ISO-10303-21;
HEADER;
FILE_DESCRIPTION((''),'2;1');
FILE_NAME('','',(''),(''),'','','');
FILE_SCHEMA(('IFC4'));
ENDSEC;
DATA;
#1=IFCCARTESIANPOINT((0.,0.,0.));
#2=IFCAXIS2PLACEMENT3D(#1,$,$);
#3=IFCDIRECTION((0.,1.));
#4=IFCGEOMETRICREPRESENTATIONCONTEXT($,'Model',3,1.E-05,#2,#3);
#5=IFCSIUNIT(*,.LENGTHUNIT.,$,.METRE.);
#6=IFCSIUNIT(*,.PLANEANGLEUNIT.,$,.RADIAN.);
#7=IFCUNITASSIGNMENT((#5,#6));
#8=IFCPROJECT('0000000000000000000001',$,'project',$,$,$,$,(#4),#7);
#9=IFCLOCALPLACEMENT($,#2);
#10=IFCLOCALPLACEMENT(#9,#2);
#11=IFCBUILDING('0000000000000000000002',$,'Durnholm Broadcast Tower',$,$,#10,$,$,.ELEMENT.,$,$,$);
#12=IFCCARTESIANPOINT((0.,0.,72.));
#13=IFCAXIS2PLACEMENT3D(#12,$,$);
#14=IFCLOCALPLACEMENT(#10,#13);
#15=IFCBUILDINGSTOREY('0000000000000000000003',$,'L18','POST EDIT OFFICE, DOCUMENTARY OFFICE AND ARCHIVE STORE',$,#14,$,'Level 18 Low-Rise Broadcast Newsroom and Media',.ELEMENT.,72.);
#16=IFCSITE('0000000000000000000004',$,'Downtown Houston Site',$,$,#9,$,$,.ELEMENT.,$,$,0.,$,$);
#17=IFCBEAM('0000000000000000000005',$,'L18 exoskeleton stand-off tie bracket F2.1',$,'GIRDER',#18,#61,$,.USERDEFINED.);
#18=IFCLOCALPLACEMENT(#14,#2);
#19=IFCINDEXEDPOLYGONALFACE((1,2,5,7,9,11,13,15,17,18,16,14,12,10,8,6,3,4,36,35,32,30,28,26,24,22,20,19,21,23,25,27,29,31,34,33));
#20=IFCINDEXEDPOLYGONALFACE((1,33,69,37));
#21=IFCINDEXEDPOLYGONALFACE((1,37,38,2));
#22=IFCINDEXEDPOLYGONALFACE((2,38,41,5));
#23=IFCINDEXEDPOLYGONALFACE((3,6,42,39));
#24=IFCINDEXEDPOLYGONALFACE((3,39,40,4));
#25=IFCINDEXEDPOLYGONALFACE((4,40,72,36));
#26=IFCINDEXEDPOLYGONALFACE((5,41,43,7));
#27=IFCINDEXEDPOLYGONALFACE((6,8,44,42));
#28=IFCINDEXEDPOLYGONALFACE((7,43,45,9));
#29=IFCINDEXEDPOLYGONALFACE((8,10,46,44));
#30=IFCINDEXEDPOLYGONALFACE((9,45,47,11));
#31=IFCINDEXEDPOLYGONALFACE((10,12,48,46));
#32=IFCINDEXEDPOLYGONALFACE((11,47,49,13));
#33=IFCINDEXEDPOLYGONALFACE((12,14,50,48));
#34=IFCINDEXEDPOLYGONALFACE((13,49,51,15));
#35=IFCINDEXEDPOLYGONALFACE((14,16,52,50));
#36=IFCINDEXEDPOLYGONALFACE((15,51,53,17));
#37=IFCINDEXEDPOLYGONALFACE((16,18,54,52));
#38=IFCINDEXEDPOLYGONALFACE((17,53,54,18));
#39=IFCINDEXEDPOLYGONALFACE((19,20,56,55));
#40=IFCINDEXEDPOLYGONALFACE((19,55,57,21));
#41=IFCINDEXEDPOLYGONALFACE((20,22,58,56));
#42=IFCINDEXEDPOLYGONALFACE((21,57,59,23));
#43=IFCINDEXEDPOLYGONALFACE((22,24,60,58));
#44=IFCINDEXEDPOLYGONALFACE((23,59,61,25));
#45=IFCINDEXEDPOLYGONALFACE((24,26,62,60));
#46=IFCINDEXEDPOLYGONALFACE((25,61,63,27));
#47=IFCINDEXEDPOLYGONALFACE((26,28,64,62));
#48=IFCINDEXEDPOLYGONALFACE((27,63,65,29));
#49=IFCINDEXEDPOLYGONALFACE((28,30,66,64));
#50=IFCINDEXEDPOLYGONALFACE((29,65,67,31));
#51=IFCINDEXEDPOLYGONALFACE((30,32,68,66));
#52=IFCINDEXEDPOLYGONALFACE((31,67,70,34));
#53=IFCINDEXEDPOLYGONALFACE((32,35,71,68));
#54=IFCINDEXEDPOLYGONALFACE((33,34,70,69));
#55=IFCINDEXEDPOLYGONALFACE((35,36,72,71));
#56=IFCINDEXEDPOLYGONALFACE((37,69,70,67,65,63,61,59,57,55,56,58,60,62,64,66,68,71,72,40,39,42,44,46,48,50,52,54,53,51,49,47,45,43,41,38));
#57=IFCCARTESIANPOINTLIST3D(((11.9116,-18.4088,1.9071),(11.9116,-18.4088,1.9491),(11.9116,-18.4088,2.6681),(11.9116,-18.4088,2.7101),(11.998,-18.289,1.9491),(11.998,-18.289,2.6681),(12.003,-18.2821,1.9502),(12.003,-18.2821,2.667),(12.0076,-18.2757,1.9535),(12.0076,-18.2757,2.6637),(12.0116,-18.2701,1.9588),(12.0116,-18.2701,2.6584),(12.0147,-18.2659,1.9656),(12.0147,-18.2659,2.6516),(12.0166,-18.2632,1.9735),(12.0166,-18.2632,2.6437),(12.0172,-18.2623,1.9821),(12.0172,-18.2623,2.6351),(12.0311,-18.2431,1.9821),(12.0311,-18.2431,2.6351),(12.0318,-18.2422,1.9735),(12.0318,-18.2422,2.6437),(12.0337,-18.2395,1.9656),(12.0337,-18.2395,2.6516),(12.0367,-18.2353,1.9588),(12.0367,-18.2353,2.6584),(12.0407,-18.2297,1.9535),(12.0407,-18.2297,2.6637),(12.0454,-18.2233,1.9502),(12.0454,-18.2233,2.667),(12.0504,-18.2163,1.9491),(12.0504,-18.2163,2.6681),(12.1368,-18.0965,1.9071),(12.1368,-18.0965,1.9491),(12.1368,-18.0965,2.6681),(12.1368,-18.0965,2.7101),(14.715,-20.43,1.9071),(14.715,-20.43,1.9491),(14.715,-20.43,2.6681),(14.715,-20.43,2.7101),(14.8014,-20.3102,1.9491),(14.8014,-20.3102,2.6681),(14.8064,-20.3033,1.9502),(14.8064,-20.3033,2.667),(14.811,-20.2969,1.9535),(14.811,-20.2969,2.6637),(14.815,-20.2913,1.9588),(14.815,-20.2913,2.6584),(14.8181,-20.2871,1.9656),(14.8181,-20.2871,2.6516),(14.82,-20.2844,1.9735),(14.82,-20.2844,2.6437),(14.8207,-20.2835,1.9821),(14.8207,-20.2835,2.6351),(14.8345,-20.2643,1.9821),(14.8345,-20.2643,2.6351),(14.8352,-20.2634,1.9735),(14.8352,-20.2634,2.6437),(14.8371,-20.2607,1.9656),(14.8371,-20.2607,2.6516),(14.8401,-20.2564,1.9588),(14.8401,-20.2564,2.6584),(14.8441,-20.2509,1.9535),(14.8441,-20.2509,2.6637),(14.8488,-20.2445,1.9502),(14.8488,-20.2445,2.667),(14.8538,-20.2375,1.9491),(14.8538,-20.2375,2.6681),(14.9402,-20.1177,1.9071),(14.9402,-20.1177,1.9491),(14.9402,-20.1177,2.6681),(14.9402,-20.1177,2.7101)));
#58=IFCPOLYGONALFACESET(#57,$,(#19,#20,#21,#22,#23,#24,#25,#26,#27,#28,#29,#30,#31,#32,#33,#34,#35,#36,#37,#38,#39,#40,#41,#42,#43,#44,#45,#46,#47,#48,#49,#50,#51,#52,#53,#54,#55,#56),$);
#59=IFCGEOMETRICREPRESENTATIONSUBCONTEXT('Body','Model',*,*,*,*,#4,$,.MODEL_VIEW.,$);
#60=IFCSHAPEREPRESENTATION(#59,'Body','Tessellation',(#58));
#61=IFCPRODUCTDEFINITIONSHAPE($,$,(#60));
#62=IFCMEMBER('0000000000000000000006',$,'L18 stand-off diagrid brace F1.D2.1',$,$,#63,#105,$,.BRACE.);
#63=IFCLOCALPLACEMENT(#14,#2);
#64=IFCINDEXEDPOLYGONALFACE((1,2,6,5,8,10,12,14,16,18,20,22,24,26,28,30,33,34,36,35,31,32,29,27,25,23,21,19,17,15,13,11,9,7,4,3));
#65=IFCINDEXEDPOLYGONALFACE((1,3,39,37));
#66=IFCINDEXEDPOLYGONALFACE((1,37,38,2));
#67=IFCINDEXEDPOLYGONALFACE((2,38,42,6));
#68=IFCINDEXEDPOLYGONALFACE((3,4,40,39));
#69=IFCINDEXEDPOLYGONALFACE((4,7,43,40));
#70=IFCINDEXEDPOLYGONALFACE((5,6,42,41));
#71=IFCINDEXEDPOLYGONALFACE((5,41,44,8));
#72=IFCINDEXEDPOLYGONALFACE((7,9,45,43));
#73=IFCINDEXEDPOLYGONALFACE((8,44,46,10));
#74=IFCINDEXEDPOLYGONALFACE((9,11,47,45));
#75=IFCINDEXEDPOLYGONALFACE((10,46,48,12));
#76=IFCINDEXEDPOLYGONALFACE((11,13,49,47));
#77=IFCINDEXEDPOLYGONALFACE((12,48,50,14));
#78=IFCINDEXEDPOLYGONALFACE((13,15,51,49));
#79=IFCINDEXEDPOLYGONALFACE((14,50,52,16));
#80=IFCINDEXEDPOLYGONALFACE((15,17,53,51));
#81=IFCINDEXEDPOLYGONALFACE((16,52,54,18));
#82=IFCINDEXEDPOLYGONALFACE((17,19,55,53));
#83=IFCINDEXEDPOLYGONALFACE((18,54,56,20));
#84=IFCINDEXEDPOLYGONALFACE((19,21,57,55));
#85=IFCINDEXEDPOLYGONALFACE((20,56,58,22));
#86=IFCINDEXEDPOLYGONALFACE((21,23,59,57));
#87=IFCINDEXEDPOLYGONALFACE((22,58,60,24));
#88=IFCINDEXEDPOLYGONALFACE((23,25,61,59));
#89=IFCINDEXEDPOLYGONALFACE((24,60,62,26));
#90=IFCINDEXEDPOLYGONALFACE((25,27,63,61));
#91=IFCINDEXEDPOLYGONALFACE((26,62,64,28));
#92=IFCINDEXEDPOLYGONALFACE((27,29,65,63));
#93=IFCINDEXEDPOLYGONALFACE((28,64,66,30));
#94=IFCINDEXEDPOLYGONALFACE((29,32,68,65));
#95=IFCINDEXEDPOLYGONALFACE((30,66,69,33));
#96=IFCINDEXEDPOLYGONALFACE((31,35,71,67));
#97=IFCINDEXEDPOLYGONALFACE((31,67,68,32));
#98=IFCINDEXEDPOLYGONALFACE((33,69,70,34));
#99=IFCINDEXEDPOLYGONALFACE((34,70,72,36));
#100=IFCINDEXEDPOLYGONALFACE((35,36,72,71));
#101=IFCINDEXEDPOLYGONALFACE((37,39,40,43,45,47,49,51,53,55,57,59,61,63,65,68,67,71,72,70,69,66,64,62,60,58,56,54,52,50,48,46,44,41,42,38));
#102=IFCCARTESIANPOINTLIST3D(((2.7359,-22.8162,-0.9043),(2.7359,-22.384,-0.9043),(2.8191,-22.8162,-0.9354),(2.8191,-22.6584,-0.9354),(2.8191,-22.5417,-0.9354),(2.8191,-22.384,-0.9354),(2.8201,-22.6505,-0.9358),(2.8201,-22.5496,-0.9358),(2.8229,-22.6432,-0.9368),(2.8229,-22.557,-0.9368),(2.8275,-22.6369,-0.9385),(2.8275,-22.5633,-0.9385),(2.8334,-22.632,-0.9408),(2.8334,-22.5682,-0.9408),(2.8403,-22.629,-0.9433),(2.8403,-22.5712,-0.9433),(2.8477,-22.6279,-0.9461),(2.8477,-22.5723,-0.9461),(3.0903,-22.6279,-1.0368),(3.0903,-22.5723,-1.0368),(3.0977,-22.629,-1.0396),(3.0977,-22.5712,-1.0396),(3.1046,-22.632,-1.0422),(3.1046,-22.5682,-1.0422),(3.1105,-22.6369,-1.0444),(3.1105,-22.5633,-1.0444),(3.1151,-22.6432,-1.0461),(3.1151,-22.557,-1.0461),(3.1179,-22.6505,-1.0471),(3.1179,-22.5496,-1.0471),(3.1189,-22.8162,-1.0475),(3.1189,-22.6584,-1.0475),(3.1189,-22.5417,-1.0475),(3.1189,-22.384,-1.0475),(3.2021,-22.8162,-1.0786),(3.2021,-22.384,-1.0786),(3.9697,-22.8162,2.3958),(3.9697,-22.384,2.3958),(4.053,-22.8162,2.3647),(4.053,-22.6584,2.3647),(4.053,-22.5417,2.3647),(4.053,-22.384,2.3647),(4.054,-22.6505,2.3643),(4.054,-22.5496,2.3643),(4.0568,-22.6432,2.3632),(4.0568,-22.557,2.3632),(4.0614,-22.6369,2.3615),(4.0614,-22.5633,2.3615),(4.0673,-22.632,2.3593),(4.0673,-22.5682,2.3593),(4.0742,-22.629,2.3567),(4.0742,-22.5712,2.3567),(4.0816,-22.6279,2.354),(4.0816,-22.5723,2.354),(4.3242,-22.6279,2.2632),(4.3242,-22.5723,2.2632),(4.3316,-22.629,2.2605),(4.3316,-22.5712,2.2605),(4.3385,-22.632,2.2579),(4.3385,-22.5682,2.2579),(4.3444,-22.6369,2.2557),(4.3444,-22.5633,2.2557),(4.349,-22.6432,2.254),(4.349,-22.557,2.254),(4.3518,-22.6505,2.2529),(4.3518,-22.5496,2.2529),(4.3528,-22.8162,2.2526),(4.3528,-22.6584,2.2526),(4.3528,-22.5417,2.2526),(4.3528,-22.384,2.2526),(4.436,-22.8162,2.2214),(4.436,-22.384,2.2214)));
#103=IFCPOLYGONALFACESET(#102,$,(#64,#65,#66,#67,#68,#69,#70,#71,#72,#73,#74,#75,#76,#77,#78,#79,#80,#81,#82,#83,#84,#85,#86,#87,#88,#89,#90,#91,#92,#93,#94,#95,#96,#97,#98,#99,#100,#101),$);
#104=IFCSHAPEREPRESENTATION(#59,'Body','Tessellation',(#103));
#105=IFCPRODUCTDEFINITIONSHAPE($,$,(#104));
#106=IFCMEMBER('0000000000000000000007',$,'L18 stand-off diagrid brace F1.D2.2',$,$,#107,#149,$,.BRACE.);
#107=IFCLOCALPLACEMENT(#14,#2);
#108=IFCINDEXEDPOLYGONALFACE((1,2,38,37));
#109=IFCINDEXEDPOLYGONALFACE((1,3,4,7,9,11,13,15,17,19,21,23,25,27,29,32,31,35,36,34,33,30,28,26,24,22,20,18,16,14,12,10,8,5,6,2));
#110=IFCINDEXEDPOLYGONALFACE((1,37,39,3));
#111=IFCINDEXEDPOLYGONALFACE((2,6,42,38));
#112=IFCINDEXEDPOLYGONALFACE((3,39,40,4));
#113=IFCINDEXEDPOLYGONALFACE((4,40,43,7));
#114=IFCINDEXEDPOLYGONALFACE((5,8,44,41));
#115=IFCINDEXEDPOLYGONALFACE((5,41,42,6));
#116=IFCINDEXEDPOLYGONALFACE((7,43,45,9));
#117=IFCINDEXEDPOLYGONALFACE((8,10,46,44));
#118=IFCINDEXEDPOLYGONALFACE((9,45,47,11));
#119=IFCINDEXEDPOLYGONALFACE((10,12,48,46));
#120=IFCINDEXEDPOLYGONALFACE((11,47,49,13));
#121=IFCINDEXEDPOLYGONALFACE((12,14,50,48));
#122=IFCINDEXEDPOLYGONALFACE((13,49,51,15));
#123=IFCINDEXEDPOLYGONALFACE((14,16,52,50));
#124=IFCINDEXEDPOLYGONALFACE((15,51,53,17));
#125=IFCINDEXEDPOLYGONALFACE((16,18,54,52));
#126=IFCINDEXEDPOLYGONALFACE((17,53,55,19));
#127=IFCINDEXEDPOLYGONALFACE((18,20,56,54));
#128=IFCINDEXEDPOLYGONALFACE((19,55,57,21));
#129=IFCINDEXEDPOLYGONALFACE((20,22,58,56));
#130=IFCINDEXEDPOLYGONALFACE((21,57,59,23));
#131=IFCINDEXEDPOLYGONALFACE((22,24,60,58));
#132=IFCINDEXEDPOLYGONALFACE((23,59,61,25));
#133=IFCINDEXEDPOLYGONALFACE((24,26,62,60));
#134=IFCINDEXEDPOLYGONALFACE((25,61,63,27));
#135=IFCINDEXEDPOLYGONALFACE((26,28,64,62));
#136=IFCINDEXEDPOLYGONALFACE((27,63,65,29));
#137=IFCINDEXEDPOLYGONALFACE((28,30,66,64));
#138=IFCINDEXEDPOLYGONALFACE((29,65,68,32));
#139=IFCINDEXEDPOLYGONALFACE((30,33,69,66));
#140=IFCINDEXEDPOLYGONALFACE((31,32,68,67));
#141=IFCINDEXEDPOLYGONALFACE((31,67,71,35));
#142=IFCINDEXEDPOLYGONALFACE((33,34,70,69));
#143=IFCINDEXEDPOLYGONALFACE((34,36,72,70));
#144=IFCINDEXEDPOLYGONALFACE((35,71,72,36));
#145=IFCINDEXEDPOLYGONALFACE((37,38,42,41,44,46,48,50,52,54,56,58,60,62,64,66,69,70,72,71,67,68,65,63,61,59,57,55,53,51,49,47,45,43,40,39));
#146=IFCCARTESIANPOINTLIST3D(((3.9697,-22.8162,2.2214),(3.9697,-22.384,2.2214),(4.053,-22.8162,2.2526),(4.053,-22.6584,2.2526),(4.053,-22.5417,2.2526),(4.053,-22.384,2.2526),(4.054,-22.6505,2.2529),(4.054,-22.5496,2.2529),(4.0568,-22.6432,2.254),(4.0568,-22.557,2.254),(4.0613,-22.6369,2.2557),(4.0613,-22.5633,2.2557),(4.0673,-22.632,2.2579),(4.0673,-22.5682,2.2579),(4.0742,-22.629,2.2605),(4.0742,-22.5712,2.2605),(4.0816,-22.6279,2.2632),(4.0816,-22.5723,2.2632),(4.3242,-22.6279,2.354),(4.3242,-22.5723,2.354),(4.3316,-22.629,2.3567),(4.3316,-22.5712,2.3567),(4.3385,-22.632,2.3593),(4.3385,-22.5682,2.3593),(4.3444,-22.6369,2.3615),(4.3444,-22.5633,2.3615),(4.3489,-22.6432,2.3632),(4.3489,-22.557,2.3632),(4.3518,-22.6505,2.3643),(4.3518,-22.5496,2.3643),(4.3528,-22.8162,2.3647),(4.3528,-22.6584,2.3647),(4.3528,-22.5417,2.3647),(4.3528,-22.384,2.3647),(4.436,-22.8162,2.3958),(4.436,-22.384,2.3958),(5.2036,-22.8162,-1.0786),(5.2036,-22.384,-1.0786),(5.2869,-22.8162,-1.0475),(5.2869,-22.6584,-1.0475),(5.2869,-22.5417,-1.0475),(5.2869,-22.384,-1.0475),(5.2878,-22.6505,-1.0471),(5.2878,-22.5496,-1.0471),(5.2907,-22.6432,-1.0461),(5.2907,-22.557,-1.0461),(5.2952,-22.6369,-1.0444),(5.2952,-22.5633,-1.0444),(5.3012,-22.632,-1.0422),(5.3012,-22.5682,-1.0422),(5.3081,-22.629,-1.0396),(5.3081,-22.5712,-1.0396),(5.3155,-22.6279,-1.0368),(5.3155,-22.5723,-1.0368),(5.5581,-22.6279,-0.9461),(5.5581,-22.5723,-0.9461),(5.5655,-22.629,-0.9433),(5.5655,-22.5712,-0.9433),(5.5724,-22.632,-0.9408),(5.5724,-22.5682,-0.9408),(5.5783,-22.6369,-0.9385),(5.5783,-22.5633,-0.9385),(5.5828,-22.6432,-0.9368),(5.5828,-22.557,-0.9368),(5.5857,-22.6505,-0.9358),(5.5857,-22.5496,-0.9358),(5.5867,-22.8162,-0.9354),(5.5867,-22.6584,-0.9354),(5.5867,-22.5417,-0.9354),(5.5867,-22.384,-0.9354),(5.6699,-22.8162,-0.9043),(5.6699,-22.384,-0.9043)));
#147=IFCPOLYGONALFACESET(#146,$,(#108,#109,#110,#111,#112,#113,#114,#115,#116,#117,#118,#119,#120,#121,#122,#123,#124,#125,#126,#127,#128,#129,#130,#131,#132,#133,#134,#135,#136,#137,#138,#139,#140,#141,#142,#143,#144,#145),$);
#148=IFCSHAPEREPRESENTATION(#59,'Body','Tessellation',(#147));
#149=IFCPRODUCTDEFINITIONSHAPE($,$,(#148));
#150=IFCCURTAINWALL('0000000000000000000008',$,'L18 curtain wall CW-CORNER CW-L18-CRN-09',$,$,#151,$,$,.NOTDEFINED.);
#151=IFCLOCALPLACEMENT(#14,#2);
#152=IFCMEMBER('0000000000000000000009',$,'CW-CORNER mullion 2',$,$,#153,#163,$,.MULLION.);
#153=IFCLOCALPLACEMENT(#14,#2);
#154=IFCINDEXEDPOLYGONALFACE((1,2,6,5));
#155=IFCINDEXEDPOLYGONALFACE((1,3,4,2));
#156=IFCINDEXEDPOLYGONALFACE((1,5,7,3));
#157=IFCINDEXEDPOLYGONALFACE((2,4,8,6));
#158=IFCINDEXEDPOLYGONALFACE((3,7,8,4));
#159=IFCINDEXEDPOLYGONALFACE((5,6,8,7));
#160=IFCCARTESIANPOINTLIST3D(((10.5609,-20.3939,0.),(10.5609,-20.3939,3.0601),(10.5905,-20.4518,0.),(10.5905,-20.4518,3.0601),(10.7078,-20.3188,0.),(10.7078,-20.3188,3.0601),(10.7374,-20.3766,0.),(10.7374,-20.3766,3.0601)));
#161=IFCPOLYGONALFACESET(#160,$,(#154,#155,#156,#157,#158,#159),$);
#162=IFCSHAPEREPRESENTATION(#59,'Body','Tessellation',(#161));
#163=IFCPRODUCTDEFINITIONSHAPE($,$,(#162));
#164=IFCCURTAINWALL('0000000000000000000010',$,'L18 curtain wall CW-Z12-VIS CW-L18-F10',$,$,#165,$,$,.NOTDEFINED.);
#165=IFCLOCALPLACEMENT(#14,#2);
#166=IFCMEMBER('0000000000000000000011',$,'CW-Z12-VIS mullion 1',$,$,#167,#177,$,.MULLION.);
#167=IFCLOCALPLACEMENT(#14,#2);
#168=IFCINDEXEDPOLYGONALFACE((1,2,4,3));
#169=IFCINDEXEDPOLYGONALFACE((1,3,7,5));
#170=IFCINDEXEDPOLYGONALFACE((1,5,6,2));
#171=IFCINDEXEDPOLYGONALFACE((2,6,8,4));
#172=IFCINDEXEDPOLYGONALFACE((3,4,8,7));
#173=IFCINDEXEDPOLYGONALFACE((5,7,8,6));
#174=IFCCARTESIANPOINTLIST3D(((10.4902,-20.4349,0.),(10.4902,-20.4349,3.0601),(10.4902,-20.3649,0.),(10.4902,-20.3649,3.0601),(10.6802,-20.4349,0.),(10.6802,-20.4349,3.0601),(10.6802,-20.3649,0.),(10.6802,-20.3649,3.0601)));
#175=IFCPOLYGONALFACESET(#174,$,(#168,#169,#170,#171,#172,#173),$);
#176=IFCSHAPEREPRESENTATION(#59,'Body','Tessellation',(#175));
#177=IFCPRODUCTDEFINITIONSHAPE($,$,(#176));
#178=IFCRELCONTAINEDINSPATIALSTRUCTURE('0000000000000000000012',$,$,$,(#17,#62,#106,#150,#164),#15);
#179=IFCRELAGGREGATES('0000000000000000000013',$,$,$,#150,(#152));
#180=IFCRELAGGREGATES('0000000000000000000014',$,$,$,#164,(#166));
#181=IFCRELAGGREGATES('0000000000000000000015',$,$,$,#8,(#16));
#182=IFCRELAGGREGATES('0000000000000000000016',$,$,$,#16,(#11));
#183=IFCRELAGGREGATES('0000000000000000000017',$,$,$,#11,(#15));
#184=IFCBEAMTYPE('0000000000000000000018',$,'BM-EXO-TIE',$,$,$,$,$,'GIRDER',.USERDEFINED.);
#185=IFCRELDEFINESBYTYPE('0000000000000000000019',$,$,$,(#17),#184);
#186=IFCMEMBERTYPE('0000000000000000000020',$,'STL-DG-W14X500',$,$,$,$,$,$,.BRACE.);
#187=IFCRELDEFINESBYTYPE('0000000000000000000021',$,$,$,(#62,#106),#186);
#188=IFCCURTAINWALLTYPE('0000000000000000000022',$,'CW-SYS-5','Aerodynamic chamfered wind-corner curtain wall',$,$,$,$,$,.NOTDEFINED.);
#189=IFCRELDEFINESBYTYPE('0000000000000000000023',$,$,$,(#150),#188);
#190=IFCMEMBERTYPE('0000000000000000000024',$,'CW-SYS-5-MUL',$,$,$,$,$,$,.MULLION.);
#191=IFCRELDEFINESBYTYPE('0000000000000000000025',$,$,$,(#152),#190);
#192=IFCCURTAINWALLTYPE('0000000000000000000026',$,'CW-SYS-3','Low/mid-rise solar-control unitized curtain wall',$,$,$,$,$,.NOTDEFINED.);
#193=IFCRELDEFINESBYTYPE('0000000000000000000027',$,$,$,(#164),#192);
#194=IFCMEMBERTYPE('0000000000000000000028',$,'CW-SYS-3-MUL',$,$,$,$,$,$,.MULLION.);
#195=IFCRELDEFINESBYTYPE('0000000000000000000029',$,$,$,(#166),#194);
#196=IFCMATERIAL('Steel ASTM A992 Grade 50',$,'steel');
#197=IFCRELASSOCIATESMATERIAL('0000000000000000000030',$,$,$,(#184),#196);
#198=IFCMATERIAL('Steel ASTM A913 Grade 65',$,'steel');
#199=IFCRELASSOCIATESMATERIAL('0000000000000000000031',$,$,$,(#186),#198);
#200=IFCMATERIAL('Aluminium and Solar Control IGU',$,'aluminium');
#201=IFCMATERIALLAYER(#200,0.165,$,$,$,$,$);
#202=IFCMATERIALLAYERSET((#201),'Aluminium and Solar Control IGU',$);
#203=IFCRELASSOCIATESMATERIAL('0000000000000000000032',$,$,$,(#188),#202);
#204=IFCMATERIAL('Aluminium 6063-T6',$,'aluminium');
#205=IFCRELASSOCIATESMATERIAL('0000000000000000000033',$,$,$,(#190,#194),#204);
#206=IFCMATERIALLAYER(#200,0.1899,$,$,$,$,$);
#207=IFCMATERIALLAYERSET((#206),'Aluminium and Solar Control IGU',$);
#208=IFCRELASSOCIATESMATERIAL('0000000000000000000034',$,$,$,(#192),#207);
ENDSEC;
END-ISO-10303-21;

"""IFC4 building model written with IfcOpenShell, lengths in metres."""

from ifc_helpers import new_model, si_unit, direction, frame, origin, origin_2d, place, context, subcontext, project, spatial, rectangle, i_section, extrude, source, transform, mapped, material, layer, layer_set, material_profile, profile_set, type_object, type_shapes, element, aggregate, save


model = new_model("IFC4")

# Units and contexts
model_context = context("Model", 3, precision=1e-05, world=origin(), true_north=direction((0.0, 1.0)))
body_context = subcontext(model_context, "Body", "Model", "MODEL_VIEW")
ifc_project = project(units=[si_unit("LENGTHUNIT", "METRE"), si_unit("PLANEANGLEUNIT", "RADIAN")], contexts=[model_context])

# Site, building, storey
site_placement = place(None, origin())
site = spatial("IfcSite", under=ifc_project, at=site_placement, Name="Downtown Houston Site", CompositionType="ELEMENT", RefElevation=0.0)
building_placement = place(site_placement, origin())
building = spatial("IfcBuilding", under=site, at=building_placement, Name="Durnholm Broadcast Tower", CompositionType="ELEMENT")
storey_placement = place(building_placement, frame((0.0, 0.0, 72.0)))
storey = spatial("IfcBuildingStorey", under=building, at=storey_placement, Name="L18", Description="POST EDIT OFFICE, DOCUMENTARY OFFICE AND ARCHIVE STORE", LongName="Level 18 Low-Rise Broadcast Newsroom and Media", CompositionType="ELEMENT", Elevation=72.0)

# Beam
ifc_material_1 = material(Name="Steel ASTM A992 Grade 50", Category="steel")
ifc_material_profile_1 = material_profile(ifc_material_1, i_section(OverallWidth=0.385, OverallDepth=0.803, WebThickness=0.0237, FlangeThickness=0.042, FilletRadius=0.033, at=origin_2d()), Name="W30X261")
ifc_profile_set_1 = profile_set([ifc_material_profile_1], Name="Steel ASTM A992 Grade 50")
beam_type_1 = type_object("IfcBeamType", Name="BM-EXO-TIE", ElementType="GIRDER", PredefinedType="USERDEFINED", material=ifc_profile_set_1)
shared_shape_1 = source(origin(), body_context, "Body", "SweptSolid", [
    extrude(i_section(OverallWidth=0.385, OverallDepth=0.803, WebThickness=0.0237, FlangeThickness=0.042, FilletRadius=0.033, at=origin_2d()), origin(), (0.0, 0.0, 1.0), 3.4561),
])
type_shapes(beam_type_1, [shared_shape_1])
for number, where, z_axis, x_axis, name in (
    (1, (12.0242, -18.2527, 2.3086), (0.811158, -0.584828, 0.0), (0.584828, 0.811158, 0.0), "L18 exoskeleton stand-off tie bracket F2.1"),
):
    element("IfcBeam", number, at=place(storey_placement, frame(where, z_axis=z_axis, x_axis=x_axis)), inside=storey, type_object=beam_type_1, Name=name, ObjectType="GIRDER", PredefinedType="USERDEFINED", context=body_context, shape_type="MappedRepresentation", body=[
        mapped(shared_shape_1, transform((0.0, 0.0, 0.0), x_axis=(1.0, 0.0, 0.0), y_axis=(0.0, 1.0, 0.0), z_axis=(0.0, 0.0, 1.0), scale=1.0)),
    ])

# Members
ifc_material_2 = material(Name="Steel ASTM A913 Grade 65", Category="steel")
ifc_material_profile_2 = material_profile(ifc_material_2, i_section(OverallWidth=0.4321, OverallDepth=0.4978, WebThickness=0.0557, FlangeThickness=0.0889, FilletRadius=0.0305, at=origin_2d()), Name="W14X500")
ifc_profile_set_2 = profile_set([ifc_material_profile_2], Name="Steel ASTM A913 Grade 65")
member_type_1 = type_object("IfcMemberType", Name="STL-DG-W14X500", PredefinedType="BRACE", material=ifc_profile_set_2)
shared_shape_2 = source(origin(), body_context, "Body", "SweptSolid", [
    extrude(i_section(OverallWidth=0.4321, OverallDepth=0.4978, WebThickness=0.0557, FlangeThickness=0.0889, FilletRadius=0.0305, at=origin_2d()), origin(), (0.0, 0.0, 1.0), 3.5232),
])
type_shapes(member_type_1, [shared_shape_2])
for number, where, z_axis, x_axis, name in (
    (2, (2.969, -22.6001, -0.9915), (0.35022, 0.0, 0.936668), (0.0, 1.0, 0.0), "L18 stand-off diagrid brace F1.D2.1"),
    (3, (5.4368, -22.6001, -0.9915), (-0.35022, 0.0, 0.936668), (0.0, -1.0, 0.0), "L18 stand-off diagrid brace F1.D2.2"),
):
    element("IfcMember", number, at=place(storey_placement, frame(where, z_axis=z_axis, x_axis=x_axis)), inside=storey, type_object=member_type_1, Name=name, PredefinedType="BRACE", context=body_context, shape_type="MappedRepresentation", body=[
        mapped(shared_shape_2, transform((0.0, 0.0, 0.0), x_axis=(1.0, 0.0, 0.0), y_axis=(0.0, 1.0, 0.0), z_axis=(0.0, 0.0, 1.0), scale=1.0)),
    ])

# Curtain wall, member
ifc_material_3 = material(Name="Aluminium and Solar Control IGU", Category="aluminium")
ifc_layer_1 = layer(ifc_material_3, 0.165)
ifc_layer_set_1 = layer_set([ifc_layer_1], Name="Aluminium and Solar Control IGU")
curtain_wall_type_1 = type_object("IfcCurtainWallType", Name="CW-SYS-5", Description="Aerodynamic chamfered wind-corner curtain wall", PredefinedType="NOTDEFINED", material=ifc_layer_set_1)
curtain_wall_1_placement = place(storey_placement, origin())
curtain_wall_1 = element("IfcCurtainWall", 4, at=curtain_wall_1_placement, inside=storey, type_object=curtain_wall_type_1, Name="L18 curtain wall CW-CORNER CW-L18-CRN-09", PredefinedType="NOTDEFINED")
ifc_material_4 = material(Name="Aluminium 6063-T6", Category="aluminium")
ifc_material_profile_3 = material_profile(ifc_material_4, rectangle(XDim=0.0649, YDim=0.165, at=origin_2d()), Name="CWM65X165")
ifc_profile_set_3 = profile_set([ifc_material_profile_3], Name="Aluminium 6063-T6")
member_type_2 = type_object("IfcMemberType", Name="CW-SYS-5-MUL", PredefinedType="MULLION", material=ifc_profile_set_3)
shared_shape_3 = source(origin(), body_context, "Body", "SweptSolid", [
    extrude(rectangle(XDim=0.0649, YDim=0.165, at=origin_2d()), origin(), (0.0, 0.0, 1.0), 3.0601),
])
type_shapes(member_type_2, [shared_shape_3])
member_1_placement = place(storey_placement, frame((10.6492, -20.3853, 0.0), z_axis=(0.0, 0.0, 1.0), x_axis=(0.455594, -0.890188, 0.0)))
member_1 = element("IfcMember", 5, at=member_1_placement, type_object=member_type_2, Name="CW-CORNER mullion 2", PredefinedType="MULLION", context=body_context, shape_type="MappedRepresentation", body=[
    mapped(shared_shape_3, transform((0.0, 0.0, 0.0), x_axis=(1.0, 0.0, 0.0), y_axis=(0.0, 1.0, 0.0), z_axis=(0.0, 0.0, 1.0), scale=1.0)),
])

# Curtain wall, member
ifc_layer_2 = layer(ifc_material_3, 0.1899)
ifc_layer_set_2 = layer_set([ifc_layer_2], Name="Aluminium and Solar Control IGU")
curtain_wall_type_2 = type_object("IfcCurtainWallType", Name="CW-SYS-3", Description="Low/mid-rise solar-control unitized curtain wall", PredefinedType="NOTDEFINED", material=ifc_layer_set_2)
curtain_wall_2_placement = place(storey_placement, origin())
curtain_wall_2 = element("IfcCurtainWall", 6, at=curtain_wall_2_placement, inside=storey, type_object=curtain_wall_type_2, Name="L18 curtain wall CW-Z12-VIS CW-L18-F10", PredefinedType="NOTDEFINED")
ifc_material_profile_4 = material_profile(ifc_material_4, rectangle(XDim=0.0701, YDim=0.1899, at=origin_2d()), Name="CWM70X190")
ifc_profile_set_4 = profile_set([ifc_material_profile_4], Name="Aluminium 6063-T6")
member_type_3 = type_object("IfcMemberType", Name="CW-SYS-3-MUL", PredefinedType="MULLION", material=ifc_profile_set_4)
shared_shape_4 = source(origin(), body_context, "Body", "SweptSolid", [
    extrude(rectangle(XDim=0.0701, YDim=0.1899, at=origin_2d()), origin(), (0.0, 0.0, 1.0), 3.0601),
])
type_shapes(member_type_3, [shared_shape_4])
member_2_placement = place(storey_placement, frame((10.5852, -20.3999, 0.0), z_axis=(0.0, 0.0, 1.0), x_axis=(0.0, -1.0, 0.0)))
member_2 = element("IfcMember", 7, at=member_2_placement, type_object=member_type_3, Name="CW-Z12-VIS mullion 1", PredefinedType="MULLION", context=body_context, shape_type="MappedRepresentation", body=[
    mapped(shared_shape_4, transform((0.0, 0.0, 0.0), x_axis=(1.0, 0.0, 0.0), y_axis=(0.0, 1.0, 0.0), z_axis=(0.0, 0.0, 1.0), scale=1.0)),
])

aggregate(curtain_wall_1, [member_1])
aggregate(curtain_wall_2, [member_2])

save(model, "model.ifc")
